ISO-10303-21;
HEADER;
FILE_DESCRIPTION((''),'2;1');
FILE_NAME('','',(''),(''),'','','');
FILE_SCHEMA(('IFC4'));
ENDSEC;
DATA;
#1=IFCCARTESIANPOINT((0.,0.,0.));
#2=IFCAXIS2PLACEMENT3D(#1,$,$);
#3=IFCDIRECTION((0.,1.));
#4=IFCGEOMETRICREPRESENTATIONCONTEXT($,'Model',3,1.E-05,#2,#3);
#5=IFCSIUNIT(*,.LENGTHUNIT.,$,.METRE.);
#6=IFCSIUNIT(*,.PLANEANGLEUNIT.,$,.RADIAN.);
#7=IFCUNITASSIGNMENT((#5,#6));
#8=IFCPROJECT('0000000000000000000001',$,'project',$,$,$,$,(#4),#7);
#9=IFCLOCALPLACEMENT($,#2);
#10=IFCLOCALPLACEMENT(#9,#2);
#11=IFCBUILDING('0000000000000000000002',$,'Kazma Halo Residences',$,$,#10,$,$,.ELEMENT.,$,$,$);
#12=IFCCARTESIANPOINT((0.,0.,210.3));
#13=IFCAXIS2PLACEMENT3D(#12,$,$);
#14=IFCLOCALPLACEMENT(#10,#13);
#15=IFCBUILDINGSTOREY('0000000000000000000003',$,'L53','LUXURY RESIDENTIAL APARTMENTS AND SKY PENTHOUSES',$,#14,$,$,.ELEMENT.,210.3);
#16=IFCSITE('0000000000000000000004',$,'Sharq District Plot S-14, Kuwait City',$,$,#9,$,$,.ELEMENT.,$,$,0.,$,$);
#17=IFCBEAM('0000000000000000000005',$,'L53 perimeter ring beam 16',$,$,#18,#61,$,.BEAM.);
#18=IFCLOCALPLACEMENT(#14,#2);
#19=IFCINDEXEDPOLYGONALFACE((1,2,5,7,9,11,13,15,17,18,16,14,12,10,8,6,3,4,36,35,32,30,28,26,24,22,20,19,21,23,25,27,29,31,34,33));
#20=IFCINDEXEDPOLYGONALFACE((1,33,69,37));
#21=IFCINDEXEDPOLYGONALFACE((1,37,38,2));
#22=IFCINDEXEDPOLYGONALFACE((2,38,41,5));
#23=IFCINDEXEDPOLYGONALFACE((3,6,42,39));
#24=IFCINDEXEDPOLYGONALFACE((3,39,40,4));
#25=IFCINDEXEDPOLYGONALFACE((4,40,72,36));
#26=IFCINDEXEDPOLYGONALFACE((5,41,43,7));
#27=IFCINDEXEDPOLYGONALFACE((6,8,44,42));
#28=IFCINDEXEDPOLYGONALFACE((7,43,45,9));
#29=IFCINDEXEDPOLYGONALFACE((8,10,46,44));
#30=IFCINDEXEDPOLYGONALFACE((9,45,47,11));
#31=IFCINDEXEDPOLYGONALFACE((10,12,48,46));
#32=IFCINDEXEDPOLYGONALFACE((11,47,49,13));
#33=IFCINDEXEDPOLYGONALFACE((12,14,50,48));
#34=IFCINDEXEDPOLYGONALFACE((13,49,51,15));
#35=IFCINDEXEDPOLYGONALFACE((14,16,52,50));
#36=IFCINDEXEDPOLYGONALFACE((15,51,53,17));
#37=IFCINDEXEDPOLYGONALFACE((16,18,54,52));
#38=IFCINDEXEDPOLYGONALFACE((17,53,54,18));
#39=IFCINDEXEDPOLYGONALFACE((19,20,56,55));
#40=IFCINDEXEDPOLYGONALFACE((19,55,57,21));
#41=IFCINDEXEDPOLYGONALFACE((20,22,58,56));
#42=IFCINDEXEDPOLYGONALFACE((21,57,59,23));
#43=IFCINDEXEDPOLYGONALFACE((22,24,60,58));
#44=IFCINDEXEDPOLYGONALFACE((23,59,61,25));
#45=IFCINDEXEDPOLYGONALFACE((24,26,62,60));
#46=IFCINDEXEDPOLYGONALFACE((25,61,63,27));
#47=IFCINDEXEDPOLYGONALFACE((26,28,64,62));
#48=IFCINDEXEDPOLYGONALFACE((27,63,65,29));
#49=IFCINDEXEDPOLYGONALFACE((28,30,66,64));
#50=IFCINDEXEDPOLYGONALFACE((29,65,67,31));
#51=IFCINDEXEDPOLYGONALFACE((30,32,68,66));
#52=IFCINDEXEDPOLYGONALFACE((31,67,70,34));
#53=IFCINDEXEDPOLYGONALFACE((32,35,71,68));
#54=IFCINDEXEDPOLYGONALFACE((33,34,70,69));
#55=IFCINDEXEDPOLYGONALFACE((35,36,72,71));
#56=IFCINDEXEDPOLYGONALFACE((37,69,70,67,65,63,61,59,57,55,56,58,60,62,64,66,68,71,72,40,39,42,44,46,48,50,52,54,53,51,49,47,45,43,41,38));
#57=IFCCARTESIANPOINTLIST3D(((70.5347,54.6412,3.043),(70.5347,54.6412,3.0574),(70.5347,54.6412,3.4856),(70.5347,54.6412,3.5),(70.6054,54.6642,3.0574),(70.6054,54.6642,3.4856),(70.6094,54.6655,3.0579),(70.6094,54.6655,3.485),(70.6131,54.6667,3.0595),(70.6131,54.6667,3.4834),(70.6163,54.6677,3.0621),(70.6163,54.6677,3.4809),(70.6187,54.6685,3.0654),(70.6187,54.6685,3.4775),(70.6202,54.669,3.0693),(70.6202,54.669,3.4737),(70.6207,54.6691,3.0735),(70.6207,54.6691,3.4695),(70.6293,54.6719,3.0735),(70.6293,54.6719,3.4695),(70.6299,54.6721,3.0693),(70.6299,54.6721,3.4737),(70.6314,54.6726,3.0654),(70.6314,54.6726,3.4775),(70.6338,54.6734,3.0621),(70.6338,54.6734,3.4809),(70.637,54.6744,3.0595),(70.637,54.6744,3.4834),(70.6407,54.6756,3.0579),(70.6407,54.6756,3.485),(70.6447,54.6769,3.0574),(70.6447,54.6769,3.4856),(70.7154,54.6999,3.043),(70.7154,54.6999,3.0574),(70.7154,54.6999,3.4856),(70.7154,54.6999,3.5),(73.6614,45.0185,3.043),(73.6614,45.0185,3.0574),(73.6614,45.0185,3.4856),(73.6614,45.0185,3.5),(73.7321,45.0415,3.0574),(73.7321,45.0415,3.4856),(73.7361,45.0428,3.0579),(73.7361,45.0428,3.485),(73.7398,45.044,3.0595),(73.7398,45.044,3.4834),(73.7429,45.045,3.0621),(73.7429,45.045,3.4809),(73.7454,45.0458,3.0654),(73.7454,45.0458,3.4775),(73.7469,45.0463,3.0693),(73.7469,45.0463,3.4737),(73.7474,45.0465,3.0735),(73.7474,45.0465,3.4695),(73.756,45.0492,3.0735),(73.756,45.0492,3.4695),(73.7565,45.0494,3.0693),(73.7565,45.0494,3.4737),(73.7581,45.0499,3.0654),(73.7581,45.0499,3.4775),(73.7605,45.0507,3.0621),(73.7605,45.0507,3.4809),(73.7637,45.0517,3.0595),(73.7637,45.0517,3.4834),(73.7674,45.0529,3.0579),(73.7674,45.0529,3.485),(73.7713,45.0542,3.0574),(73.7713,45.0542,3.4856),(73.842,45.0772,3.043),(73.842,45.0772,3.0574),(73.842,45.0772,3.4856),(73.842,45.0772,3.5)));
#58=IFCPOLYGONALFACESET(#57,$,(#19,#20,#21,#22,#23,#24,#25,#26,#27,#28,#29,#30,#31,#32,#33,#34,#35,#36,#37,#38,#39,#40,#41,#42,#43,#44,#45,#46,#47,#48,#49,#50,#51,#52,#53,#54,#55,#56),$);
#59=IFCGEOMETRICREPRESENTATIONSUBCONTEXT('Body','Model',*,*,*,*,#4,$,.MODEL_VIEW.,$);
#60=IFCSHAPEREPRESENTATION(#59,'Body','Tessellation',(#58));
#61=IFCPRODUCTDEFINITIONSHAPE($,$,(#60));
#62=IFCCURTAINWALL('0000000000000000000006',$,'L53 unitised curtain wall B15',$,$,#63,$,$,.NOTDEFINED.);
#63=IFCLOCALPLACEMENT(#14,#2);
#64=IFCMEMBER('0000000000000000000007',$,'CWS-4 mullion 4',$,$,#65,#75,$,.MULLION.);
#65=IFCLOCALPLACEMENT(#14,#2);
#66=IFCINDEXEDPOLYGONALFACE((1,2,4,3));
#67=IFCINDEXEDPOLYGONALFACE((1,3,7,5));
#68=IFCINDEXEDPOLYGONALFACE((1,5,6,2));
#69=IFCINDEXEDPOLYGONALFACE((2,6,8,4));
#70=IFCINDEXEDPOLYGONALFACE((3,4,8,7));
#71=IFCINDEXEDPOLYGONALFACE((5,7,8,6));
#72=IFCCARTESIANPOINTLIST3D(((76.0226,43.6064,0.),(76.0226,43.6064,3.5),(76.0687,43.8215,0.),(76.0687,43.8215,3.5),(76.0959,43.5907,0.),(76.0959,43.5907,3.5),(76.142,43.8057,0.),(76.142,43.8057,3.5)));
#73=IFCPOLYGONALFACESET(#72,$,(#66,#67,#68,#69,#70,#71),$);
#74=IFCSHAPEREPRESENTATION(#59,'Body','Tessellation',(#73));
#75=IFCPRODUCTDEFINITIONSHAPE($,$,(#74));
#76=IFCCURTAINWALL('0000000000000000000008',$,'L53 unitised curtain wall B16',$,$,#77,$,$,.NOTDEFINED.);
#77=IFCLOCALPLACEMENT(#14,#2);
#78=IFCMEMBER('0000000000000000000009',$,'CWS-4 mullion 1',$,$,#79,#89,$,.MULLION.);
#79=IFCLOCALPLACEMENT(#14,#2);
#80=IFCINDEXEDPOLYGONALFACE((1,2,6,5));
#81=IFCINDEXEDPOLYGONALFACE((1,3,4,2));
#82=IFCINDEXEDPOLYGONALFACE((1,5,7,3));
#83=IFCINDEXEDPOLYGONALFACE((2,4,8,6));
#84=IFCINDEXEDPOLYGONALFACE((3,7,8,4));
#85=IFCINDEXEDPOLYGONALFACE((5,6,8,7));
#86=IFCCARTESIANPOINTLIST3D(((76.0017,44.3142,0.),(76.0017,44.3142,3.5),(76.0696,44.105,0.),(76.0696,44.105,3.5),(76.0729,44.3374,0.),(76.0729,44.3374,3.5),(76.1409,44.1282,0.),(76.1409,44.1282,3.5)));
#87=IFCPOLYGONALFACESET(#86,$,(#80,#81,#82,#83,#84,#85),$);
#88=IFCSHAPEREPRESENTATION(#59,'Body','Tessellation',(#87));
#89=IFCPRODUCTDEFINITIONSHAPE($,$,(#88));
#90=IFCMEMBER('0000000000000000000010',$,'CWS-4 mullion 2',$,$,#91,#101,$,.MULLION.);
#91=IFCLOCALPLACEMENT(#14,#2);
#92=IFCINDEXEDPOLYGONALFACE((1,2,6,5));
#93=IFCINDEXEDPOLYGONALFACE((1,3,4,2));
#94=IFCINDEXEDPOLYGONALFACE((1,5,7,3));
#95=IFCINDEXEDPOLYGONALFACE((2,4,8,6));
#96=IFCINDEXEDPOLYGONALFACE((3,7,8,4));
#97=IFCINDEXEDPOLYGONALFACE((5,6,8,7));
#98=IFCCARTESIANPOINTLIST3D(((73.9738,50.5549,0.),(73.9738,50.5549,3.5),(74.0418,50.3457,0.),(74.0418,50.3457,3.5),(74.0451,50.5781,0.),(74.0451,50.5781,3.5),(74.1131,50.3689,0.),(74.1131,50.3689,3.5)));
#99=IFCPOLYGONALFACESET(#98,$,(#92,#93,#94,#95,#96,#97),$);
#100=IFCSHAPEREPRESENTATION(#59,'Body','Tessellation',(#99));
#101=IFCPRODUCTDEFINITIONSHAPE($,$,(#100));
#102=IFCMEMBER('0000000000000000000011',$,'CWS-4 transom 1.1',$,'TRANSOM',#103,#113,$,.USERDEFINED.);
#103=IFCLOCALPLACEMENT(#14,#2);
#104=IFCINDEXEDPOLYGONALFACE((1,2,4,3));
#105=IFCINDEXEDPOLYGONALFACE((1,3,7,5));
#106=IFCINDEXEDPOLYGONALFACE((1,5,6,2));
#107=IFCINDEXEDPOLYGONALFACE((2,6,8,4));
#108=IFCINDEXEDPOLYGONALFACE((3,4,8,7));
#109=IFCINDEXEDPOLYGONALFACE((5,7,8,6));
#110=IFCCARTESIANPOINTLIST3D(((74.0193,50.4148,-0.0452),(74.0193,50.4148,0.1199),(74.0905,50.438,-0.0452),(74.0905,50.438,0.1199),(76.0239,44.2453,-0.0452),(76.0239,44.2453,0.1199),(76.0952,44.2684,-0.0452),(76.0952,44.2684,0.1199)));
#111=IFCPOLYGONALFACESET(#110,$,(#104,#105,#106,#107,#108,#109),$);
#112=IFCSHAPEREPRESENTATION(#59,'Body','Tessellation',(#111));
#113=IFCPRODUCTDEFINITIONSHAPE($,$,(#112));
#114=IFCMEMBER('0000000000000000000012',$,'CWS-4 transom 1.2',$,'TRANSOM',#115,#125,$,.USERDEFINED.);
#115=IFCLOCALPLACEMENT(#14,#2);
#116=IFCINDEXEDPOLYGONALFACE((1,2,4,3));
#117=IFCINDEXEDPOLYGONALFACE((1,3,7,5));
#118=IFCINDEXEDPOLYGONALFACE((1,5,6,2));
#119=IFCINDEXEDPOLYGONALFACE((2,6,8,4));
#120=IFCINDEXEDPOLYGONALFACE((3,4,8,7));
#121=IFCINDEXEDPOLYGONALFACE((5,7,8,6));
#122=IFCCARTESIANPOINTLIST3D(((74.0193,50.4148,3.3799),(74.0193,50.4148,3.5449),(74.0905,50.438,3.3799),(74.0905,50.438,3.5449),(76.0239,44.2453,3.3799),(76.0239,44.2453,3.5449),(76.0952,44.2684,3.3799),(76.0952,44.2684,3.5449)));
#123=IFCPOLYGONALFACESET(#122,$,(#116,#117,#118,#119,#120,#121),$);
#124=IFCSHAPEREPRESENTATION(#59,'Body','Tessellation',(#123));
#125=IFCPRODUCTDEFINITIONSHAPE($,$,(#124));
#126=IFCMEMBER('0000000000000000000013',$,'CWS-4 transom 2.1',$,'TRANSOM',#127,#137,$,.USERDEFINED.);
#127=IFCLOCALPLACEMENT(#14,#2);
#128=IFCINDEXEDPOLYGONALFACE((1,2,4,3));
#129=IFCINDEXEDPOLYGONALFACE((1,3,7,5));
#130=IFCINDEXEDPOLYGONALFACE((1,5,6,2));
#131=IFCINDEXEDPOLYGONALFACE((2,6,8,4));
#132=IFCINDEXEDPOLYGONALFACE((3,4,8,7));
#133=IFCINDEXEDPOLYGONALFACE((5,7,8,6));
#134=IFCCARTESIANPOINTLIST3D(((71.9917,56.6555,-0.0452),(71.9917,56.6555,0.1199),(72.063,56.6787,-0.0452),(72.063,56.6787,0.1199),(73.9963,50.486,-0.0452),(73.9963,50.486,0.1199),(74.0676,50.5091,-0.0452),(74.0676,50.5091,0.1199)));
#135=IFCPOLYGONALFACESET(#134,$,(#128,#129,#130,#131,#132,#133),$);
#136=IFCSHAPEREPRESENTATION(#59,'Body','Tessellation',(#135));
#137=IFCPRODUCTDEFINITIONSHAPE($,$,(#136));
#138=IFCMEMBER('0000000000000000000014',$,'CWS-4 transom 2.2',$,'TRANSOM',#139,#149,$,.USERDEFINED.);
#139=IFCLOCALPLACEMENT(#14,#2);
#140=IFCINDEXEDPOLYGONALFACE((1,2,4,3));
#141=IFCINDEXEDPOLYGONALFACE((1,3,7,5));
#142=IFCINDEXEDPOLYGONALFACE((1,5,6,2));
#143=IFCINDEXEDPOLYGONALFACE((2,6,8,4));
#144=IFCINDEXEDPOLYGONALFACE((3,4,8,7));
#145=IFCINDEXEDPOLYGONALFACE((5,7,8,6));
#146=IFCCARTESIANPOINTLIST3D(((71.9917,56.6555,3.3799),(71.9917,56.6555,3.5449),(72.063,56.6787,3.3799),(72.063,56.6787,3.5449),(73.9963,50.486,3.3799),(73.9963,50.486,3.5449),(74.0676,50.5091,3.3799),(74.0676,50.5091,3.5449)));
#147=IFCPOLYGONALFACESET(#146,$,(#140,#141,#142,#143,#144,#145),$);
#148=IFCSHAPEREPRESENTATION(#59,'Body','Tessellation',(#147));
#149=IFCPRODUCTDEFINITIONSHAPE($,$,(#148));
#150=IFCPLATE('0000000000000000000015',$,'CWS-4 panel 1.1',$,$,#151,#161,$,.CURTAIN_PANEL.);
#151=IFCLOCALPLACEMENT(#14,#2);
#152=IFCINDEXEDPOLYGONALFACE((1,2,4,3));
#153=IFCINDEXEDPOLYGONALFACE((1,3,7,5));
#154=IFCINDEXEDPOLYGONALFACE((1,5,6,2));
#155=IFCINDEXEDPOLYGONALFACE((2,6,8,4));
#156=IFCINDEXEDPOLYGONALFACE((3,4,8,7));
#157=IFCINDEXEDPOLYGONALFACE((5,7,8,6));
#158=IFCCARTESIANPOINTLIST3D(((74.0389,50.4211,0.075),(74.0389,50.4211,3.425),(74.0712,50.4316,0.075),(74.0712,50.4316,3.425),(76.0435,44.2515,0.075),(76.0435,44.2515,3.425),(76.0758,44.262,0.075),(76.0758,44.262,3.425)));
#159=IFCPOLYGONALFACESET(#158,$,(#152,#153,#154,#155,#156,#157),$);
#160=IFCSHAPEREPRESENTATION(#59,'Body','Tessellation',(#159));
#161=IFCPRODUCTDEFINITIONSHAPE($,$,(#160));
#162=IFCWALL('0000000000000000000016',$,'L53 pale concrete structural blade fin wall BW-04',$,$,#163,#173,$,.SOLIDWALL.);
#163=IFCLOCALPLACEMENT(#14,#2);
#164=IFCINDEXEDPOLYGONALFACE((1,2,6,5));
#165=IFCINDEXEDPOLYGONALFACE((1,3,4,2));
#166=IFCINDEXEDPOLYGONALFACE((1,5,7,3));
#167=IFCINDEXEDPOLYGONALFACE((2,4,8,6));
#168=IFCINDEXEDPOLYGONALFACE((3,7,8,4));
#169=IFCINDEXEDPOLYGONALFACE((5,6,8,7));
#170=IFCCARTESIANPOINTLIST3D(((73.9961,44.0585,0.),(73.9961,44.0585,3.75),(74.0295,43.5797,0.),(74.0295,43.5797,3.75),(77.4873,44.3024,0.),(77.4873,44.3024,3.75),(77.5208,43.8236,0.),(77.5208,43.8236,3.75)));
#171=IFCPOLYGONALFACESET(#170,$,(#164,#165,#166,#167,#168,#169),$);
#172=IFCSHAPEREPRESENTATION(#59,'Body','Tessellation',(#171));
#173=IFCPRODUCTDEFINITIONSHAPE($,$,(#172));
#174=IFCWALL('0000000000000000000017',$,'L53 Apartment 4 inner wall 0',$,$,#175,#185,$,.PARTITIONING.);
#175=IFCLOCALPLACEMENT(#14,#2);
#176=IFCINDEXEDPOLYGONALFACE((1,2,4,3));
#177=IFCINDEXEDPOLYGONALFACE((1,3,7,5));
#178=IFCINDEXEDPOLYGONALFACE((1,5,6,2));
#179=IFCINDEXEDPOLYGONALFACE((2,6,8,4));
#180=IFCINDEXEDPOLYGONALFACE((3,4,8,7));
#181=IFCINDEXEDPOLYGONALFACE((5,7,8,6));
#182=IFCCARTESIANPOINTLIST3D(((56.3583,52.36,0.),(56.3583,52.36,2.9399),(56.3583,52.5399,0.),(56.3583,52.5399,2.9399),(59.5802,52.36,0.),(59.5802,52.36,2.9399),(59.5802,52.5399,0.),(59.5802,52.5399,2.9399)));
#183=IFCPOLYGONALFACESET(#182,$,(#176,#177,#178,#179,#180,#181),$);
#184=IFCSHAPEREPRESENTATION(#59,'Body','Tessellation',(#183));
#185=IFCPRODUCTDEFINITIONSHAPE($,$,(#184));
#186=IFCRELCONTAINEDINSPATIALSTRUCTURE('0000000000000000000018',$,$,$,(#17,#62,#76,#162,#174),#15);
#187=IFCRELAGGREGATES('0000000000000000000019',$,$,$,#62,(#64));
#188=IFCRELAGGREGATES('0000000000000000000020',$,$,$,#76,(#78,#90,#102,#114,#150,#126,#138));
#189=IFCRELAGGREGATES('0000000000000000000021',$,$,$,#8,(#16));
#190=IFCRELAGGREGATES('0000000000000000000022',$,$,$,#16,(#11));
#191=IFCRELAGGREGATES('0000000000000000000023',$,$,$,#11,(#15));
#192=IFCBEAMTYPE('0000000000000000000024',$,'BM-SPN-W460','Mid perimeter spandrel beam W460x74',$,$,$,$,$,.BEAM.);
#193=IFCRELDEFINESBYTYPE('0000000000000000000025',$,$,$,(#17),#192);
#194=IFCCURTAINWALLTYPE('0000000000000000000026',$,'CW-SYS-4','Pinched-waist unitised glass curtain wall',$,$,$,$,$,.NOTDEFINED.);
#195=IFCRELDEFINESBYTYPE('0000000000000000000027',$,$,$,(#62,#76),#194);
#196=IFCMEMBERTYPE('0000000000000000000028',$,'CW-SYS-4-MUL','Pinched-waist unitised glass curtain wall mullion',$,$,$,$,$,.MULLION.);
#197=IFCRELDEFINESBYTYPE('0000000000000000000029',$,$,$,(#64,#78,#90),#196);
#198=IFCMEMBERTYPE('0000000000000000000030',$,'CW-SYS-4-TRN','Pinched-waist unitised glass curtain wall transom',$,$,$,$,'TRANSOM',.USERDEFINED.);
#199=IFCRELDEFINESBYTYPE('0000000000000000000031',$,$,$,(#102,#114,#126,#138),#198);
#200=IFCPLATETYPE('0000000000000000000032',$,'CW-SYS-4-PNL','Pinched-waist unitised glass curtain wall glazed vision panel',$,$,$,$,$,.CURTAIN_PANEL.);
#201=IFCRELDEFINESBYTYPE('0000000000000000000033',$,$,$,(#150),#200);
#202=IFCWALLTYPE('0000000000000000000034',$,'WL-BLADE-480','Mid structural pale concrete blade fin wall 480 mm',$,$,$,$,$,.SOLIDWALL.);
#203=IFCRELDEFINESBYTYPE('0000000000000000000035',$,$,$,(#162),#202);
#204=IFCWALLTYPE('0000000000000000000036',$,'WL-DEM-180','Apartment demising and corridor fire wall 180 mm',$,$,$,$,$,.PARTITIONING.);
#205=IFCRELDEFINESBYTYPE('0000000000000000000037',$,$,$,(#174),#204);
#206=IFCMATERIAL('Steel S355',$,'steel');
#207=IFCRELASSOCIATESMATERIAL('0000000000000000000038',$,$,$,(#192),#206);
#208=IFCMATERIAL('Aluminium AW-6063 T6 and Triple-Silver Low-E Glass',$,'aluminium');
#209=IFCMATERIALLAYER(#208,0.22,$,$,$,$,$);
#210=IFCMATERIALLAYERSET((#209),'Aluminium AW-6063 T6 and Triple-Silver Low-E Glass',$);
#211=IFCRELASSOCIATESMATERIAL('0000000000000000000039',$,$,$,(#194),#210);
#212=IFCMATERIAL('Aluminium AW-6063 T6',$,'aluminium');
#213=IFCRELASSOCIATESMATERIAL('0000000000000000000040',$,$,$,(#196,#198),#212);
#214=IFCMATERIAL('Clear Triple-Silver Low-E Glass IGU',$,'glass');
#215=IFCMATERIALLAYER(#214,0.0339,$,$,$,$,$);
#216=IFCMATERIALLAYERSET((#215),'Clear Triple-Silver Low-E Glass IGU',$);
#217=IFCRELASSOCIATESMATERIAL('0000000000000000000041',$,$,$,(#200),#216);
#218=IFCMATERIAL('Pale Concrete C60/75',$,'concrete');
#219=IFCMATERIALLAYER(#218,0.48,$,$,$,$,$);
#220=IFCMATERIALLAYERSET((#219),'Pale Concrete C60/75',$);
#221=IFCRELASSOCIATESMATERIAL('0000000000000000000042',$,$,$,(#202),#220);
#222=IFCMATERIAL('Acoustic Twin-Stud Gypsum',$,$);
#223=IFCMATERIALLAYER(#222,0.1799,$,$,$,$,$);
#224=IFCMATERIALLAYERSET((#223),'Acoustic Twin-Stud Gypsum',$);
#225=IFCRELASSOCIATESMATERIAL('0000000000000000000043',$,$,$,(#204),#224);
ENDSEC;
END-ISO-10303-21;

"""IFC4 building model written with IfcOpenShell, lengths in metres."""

from ifc_helpers import new_model, si_unit, direction, frame, frame_2d, origin, origin_2d, place, context, subcontext, project, spatial, rectangle, i_section, extrude, material, layer, layer_set, material_profile, profile_set, type_object, element, aggregate, save


model = new_model("IFC4")

# Units and contexts
model_context = context("Model", 3, precision=1e-05, world=origin(), true_north=direction((0.0, 1.0)))
body_context = subcontext(model_context, "Body", "Model", "MODEL_VIEW")
ifc_project = project(units=[si_unit("LENGTHUNIT", "METRE"), si_unit("PLANEANGLEUNIT", "RADIAN")], contexts=[model_context])

# Site, building, storey
site_placement = place(None, origin())
site = spatial("IfcSite", under=ifc_project, at=site_placement, Name="Sharq District Plot S-14, Kuwait City", CompositionType="ELEMENT", RefElevation=0.0)
building_placement = place(site_placement, origin())
building = spatial("IfcBuilding", under=site, at=building_placement, Name="Kazma Halo Residences", CompositionType="ELEMENT")
storey_placement = place(building_placement, frame((0.0, 0.0, 210.3)))
storey = spatial("IfcBuildingStorey", under=building, at=storey_placement, Name="L53", Description="LUXURY RESIDENTIAL APARTMENTS AND SKY PENTHOUSES", CompositionType="ELEMENT", Elevation=210.3)

# Beam
ifc_material_1 = material(Name="Steel S355", Category="steel")
ifc_material_profile_1 = material_profile(ifc_material_1, i_section(OverallWidth=0.1899, OverallDepth=0.457, WebThickness=0.009, FlangeThickness=0.0144, FilletRadius=0.0161, at=origin_2d()), Name="W460x74")
ifc_profile_set_1 = profile_set([ifc_material_profile_1], Name="Steel S355")
beam_type_1 = type_object("IfcBeamType", Name="BM-SPN-W460", Description="Mid perimeter spandrel beam W460x74", PredefinedType="BEAM", material=ifc_profile_set_1)
beam_1_placement = place(storey_placement, frame((73.7517, 45.0479, 3.2715), z_axis=(-0.309023, 0.951054, 0.0), x_axis=(-0.951054, -0.309023, 0.0)))
element("IfcBeam", 1, at=beam_1_placement, inside=storey, type_object=beam_type_1, Name="L53 perimeter ring beam 16", PredefinedType="BEAM", context=body_context, shape_type="SweptSolid", body=[
    extrude(i_section(OverallWidth=0.1899, OverallDepth=0.457, WebThickness=0.009, FlangeThickness=0.0144, FilletRadius=0.0161, at=origin_2d()), origin(), (0.0, 0.0, 1.0), 10.1179),
])

# Curtain wall, member
ifc_material_2 = material(Name="Aluminium AW-6063 T6 and Triple-Silver Low-E Glass", Category="aluminium")
ifc_layer_1 = layer(ifc_material_2, 0.22)
ifc_layer_set_1 = layer_set([ifc_layer_1], Name="Aluminium AW-6063 T6 and Triple-Silver Low-E Glass")
curtain_wall_type = type_object("IfcCurtainWallType", Name="CW-SYS-4", Description="Pinched-waist unitised glass curtain wall", PredefinedType="NOTDEFINED", material=ifc_layer_set_1)
curtain_wall_1_placement = place(storey_placement, origin())
curtain_wall_1 = element("IfcCurtainWall", 2, at=curtain_wall_1_placement, inside=storey, type_object=curtain_wall_type, Name="L53 unitised curtain wall B15", PredefinedType="NOTDEFINED")
ifc_material_3 = material(Name="Aluminium AW-6063 T6", Category="aluminium")
ifc_material_profile_2 = material_profile(ifc_material_3, rectangle(XDim=0.075, YDim=0.22, at=origin_2d()), Name="CWM-75x220")
ifc_profile_set_2 = profile_set([ifc_material_profile_2], Name="Aluminium AW-6063 T6")
member_type_1 = type_object("IfcMemberType", Name="CW-SYS-4-MUL", Description="Pinched-waist unitised glass curtain wall mullion", PredefinedType="MULLION", material=ifc_profile_set_2)
member_1_placement = place(storey_placement, frame((76.0823, 43.7061, 0.0), z_axis=(0.0, 0.0, 1.0), x_axis=(-0.977768, 0.20969, 0.0)))
member_1 = element("IfcMember", 3, at=member_1_placement, type_object=member_type_1, Name="CWS-4 mullion 4", PredefinedType="MULLION", context=body_context, shape_type="SweptSolid", body=[
    extrude(rectangle(XDim=0.075, YDim=0.22, at=origin_2d()), origin(), (0.0, 0.0, 1.0), 3.5),
])
aggregate(curtain_wall_1, [member_1])

# Curtain wall, members, plate
curtain_wall_2_placement = place(storey_placement, origin())
curtain_wall_2 = element("IfcCurtainWall", 4, at=curtain_wall_2_placement, inside=storey, type_object=curtain_wall_type, Name="L53 unitised curtain wall B16", PredefinedType="NOTDEFINED")
member_2_placement = place(storey_placement, frame((76.0713, 44.2212, 0.0), z_axis=(0.0, 0.0, 1.0), x_axis=(-0.951057, -0.309016, 0.0)))
member_2 = element("IfcMember", 5, at=member_2_placement, type_object=member_type_1, Name="CWS-4 mullion 1", PredefinedType="MULLION", context=body_context, shape_type="SweptSolid", body=[
    extrude(rectangle(XDim=0.075, YDim=0.22, at=origin_2d()), origin(), (0.0, 0.0, 1.0), 3.5),
])
member_3_placement = place(storey_placement, frame((74.0435, 50.4619, 0.0), z_axis=(0.0, 0.0, 1.0), x_axis=(-0.951057, -0.309016, 0.0)))
member_3 = element("IfcMember", 6, at=member_3_placement, type_object=member_type_1, Name="CWS-4 mullion 2", PredefinedType="MULLION", context=body_context, shape_type="SweptSolid", body=[
    extrude(rectangle(XDim=0.075, YDim=0.22, at=origin_2d()), origin(), (0.0, 0.0, 1.0), 3.5),
])
ifc_material_profile_3 = material_profile(ifc_material_3, rectangle(XDim=0.075, YDim=0.165, at=origin_2d()), Name="CWT-75x165")
ifc_profile_set_3 = profile_set([ifc_material_profile_3], Name="Aluminium AW-6063 T6")
member_type_2 = type_object("IfcMemberType", Name="CW-SYS-4-TRN", Description="Pinched-waist unitised glass curtain wall transom", ElementType="TRANSOM", PredefinedType="USERDEFINED", material=ifc_profile_set_3)
member_4_placement = place(storey_placement, frame((76.0596, 44.2568, 0.0374), z_axis=(-0.309027, 0.951053, 0.0), x_axis=(-0.951053, -0.309027, 0.0)))
member_4 = element("IfcMember", 7, at=member_4_placement, type_object=member_type_2, Name="CWS-4 transom 1.1", ObjectType="TRANSOM", PredefinedType="USERDEFINED", context=body_context, shape_type="SweptSolid", body=[
    extrude(rectangle(XDim=0.075, YDim=0.165, at=origin_2d()), origin(), (0.0, 0.0, 1.0), 6.4871),
])
member_5_placement = place(storey_placement, frame((76.0596, 44.2568, 3.4624), z_axis=(-0.309027, 0.951053, 0.0), x_axis=(-0.951053, -0.309027, 0.0)))
member_5 = element("IfcMember", 8, at=member_5_placement, type_object=member_type_2, Name="CWS-4 transom 1.2", ObjectType="TRANSOM", PredefinedType="USERDEFINED", context=body_context, shape_type="SweptSolid", body=[
    extrude(rectangle(XDim=0.075, YDim=0.165, at=origin_2d()), origin(), (0.0, 0.0, 1.0), 6.4871),
])
member_6_placement = place(storey_placement, frame((74.032, 50.4976, 0.0374), z_axis=(-0.309015, 0.951057, 0.0), x_axis=(-0.951057, -0.309015, 0.0)))
member_6 = element("IfcMember", 9, at=member_6_placement, type_object=member_type_2, Name="CWS-4 transom 2.1", ObjectType="TRANSOM", PredefinedType="USERDEFINED", context=body_context, shape_type="SweptSolid", body=[
    extrude(rectangle(XDim=0.075, YDim=0.165, at=origin_2d()), origin(), (0.0, 0.0, 1.0), 6.4871),
])
member_7_placement = place(storey_placement, frame((74.032, 50.4976, 3.4624), z_axis=(-0.309015, 0.951057, 0.0), x_axis=(-0.951057, -0.309015, 0.0)))
member_7 = element("IfcMember", 10, at=member_7_placement, type_object=member_type_2, Name="CWS-4 transom 2.2", ObjectType="TRANSOM", PredefinedType="USERDEFINED", context=body_context, shape_type="SweptSolid", body=[
    extrude(rectangle(XDim=0.075, YDim=0.165, at=origin_2d()), origin(), (0.0, 0.0, 1.0), 6.4871),
])
ifc_material_4 = material(Name="Clear Triple-Silver Low-E Glass IGU", Category="glass")
ifc_layer_2 = layer(ifc_material_4, 0.0339)
ifc_layer_set_2 = layer_set([ifc_layer_2], Name="Clear Triple-Silver Low-E Glass IGU")
plate_type = type_object("IfcPlateType", Name="CW-SYS-4-PNL", Description="Pinched-waist unitised glass curtain wall glazed vision panel", PredefinedType="CURTAIN_PANEL", material=ifc_layer_set_2)
plate_placement = place(storey_placement, frame((75.0574, 47.3416, 0.075), z_axis=(0.0, 0.0, 1.0), x_axis=(-0.309016, 0.951057, 0.0)))
plate = element("IfcPlate", 11, at=plate_placement, type_object=plate_type, Name="CWS-4 panel 1.1", PredefinedType="CURTAIN_PANEL", context=body_context, shape_type="SweptSolid", body=[
    extrude(rectangle(XDim=6.4871, YDim=0.0339, at=origin_2d()), origin(), (0.0, 0.0, 1.0), 3.3501),
])
aggregate(curtain_wall_2, [member_2, member_3, member_4, member_5, plate, member_6, member_7])

# Walls
ifc_material_5 = material(Name="Pale Concrete C60/75", Category="concrete")
ifc_layer_3 = layer(ifc_material_5, 0.48)
ifc_layer_set_3 = layer_set([ifc_layer_3], Name="Pale Concrete C60/75")
wall_type_1 = type_object("IfcWallType", Name="WL-BLADE-480", Description="Mid structural pale concrete blade fin wall 480 mm", PredefinedType="SOLIDWALL", material=ifc_layer_set_3)
wall_1_placement = place(storey_placement, frame((74.0127, 43.8191, 0.0), z_axis=(0.0, 0.0, 1.0), x_axis=(0.997569, 0.06969, 0.0)))
element("IfcWall", 12, at=wall_1_placement, inside=storey, type_object=wall_type_1, Name="L53 pale concrete structural blade fin wall BW-04", PredefinedType="SOLIDWALL", context=body_context, shape_type="SweptSolid", body=[
    extrude(rectangle(XDim=3.4998, YDim=0.48, at=frame_2d((1.75, 0.0))), origin(), (0.0, 0.0, 1.0), 3.75),
])
ifc_material_6 = material(Name="Acoustic Twin-Stud Gypsum")
ifc_layer_4 = layer(ifc_material_6, 0.1799)
ifc_layer_set_4 = layer_set([ifc_layer_4], Name="Acoustic Twin-Stud Gypsum")
wall_type_2 = type_object("IfcWallType", Name="WL-DEM-180", Description="Apartment demising and corridor fire wall 180 mm", PredefinedType="PARTITIONING", material=ifc_layer_set_4)
wall_2_placement = place(storey_placement, frame((59.5801, 52.45, 0.0), z_axis=(0.0, 0.0, 1.0), x_axis=(-1.0, 0.0, 0.0)))
element("IfcWall", 13, at=wall_2_placement, inside=storey, type_object=wall_type_2, Name="L53 Apartment 4 inner wall 0", PredefinedType="PARTITIONING", context=body_context, shape_type="SweptSolid", body=[
    extrude(rectangle(XDim=3.2219, YDim=0.1799, at=frame_2d((1.6108, 0.0))), origin(), (0.0, 0.0, 1.0), 2.9399),
])

save(model, "model.ifc")
